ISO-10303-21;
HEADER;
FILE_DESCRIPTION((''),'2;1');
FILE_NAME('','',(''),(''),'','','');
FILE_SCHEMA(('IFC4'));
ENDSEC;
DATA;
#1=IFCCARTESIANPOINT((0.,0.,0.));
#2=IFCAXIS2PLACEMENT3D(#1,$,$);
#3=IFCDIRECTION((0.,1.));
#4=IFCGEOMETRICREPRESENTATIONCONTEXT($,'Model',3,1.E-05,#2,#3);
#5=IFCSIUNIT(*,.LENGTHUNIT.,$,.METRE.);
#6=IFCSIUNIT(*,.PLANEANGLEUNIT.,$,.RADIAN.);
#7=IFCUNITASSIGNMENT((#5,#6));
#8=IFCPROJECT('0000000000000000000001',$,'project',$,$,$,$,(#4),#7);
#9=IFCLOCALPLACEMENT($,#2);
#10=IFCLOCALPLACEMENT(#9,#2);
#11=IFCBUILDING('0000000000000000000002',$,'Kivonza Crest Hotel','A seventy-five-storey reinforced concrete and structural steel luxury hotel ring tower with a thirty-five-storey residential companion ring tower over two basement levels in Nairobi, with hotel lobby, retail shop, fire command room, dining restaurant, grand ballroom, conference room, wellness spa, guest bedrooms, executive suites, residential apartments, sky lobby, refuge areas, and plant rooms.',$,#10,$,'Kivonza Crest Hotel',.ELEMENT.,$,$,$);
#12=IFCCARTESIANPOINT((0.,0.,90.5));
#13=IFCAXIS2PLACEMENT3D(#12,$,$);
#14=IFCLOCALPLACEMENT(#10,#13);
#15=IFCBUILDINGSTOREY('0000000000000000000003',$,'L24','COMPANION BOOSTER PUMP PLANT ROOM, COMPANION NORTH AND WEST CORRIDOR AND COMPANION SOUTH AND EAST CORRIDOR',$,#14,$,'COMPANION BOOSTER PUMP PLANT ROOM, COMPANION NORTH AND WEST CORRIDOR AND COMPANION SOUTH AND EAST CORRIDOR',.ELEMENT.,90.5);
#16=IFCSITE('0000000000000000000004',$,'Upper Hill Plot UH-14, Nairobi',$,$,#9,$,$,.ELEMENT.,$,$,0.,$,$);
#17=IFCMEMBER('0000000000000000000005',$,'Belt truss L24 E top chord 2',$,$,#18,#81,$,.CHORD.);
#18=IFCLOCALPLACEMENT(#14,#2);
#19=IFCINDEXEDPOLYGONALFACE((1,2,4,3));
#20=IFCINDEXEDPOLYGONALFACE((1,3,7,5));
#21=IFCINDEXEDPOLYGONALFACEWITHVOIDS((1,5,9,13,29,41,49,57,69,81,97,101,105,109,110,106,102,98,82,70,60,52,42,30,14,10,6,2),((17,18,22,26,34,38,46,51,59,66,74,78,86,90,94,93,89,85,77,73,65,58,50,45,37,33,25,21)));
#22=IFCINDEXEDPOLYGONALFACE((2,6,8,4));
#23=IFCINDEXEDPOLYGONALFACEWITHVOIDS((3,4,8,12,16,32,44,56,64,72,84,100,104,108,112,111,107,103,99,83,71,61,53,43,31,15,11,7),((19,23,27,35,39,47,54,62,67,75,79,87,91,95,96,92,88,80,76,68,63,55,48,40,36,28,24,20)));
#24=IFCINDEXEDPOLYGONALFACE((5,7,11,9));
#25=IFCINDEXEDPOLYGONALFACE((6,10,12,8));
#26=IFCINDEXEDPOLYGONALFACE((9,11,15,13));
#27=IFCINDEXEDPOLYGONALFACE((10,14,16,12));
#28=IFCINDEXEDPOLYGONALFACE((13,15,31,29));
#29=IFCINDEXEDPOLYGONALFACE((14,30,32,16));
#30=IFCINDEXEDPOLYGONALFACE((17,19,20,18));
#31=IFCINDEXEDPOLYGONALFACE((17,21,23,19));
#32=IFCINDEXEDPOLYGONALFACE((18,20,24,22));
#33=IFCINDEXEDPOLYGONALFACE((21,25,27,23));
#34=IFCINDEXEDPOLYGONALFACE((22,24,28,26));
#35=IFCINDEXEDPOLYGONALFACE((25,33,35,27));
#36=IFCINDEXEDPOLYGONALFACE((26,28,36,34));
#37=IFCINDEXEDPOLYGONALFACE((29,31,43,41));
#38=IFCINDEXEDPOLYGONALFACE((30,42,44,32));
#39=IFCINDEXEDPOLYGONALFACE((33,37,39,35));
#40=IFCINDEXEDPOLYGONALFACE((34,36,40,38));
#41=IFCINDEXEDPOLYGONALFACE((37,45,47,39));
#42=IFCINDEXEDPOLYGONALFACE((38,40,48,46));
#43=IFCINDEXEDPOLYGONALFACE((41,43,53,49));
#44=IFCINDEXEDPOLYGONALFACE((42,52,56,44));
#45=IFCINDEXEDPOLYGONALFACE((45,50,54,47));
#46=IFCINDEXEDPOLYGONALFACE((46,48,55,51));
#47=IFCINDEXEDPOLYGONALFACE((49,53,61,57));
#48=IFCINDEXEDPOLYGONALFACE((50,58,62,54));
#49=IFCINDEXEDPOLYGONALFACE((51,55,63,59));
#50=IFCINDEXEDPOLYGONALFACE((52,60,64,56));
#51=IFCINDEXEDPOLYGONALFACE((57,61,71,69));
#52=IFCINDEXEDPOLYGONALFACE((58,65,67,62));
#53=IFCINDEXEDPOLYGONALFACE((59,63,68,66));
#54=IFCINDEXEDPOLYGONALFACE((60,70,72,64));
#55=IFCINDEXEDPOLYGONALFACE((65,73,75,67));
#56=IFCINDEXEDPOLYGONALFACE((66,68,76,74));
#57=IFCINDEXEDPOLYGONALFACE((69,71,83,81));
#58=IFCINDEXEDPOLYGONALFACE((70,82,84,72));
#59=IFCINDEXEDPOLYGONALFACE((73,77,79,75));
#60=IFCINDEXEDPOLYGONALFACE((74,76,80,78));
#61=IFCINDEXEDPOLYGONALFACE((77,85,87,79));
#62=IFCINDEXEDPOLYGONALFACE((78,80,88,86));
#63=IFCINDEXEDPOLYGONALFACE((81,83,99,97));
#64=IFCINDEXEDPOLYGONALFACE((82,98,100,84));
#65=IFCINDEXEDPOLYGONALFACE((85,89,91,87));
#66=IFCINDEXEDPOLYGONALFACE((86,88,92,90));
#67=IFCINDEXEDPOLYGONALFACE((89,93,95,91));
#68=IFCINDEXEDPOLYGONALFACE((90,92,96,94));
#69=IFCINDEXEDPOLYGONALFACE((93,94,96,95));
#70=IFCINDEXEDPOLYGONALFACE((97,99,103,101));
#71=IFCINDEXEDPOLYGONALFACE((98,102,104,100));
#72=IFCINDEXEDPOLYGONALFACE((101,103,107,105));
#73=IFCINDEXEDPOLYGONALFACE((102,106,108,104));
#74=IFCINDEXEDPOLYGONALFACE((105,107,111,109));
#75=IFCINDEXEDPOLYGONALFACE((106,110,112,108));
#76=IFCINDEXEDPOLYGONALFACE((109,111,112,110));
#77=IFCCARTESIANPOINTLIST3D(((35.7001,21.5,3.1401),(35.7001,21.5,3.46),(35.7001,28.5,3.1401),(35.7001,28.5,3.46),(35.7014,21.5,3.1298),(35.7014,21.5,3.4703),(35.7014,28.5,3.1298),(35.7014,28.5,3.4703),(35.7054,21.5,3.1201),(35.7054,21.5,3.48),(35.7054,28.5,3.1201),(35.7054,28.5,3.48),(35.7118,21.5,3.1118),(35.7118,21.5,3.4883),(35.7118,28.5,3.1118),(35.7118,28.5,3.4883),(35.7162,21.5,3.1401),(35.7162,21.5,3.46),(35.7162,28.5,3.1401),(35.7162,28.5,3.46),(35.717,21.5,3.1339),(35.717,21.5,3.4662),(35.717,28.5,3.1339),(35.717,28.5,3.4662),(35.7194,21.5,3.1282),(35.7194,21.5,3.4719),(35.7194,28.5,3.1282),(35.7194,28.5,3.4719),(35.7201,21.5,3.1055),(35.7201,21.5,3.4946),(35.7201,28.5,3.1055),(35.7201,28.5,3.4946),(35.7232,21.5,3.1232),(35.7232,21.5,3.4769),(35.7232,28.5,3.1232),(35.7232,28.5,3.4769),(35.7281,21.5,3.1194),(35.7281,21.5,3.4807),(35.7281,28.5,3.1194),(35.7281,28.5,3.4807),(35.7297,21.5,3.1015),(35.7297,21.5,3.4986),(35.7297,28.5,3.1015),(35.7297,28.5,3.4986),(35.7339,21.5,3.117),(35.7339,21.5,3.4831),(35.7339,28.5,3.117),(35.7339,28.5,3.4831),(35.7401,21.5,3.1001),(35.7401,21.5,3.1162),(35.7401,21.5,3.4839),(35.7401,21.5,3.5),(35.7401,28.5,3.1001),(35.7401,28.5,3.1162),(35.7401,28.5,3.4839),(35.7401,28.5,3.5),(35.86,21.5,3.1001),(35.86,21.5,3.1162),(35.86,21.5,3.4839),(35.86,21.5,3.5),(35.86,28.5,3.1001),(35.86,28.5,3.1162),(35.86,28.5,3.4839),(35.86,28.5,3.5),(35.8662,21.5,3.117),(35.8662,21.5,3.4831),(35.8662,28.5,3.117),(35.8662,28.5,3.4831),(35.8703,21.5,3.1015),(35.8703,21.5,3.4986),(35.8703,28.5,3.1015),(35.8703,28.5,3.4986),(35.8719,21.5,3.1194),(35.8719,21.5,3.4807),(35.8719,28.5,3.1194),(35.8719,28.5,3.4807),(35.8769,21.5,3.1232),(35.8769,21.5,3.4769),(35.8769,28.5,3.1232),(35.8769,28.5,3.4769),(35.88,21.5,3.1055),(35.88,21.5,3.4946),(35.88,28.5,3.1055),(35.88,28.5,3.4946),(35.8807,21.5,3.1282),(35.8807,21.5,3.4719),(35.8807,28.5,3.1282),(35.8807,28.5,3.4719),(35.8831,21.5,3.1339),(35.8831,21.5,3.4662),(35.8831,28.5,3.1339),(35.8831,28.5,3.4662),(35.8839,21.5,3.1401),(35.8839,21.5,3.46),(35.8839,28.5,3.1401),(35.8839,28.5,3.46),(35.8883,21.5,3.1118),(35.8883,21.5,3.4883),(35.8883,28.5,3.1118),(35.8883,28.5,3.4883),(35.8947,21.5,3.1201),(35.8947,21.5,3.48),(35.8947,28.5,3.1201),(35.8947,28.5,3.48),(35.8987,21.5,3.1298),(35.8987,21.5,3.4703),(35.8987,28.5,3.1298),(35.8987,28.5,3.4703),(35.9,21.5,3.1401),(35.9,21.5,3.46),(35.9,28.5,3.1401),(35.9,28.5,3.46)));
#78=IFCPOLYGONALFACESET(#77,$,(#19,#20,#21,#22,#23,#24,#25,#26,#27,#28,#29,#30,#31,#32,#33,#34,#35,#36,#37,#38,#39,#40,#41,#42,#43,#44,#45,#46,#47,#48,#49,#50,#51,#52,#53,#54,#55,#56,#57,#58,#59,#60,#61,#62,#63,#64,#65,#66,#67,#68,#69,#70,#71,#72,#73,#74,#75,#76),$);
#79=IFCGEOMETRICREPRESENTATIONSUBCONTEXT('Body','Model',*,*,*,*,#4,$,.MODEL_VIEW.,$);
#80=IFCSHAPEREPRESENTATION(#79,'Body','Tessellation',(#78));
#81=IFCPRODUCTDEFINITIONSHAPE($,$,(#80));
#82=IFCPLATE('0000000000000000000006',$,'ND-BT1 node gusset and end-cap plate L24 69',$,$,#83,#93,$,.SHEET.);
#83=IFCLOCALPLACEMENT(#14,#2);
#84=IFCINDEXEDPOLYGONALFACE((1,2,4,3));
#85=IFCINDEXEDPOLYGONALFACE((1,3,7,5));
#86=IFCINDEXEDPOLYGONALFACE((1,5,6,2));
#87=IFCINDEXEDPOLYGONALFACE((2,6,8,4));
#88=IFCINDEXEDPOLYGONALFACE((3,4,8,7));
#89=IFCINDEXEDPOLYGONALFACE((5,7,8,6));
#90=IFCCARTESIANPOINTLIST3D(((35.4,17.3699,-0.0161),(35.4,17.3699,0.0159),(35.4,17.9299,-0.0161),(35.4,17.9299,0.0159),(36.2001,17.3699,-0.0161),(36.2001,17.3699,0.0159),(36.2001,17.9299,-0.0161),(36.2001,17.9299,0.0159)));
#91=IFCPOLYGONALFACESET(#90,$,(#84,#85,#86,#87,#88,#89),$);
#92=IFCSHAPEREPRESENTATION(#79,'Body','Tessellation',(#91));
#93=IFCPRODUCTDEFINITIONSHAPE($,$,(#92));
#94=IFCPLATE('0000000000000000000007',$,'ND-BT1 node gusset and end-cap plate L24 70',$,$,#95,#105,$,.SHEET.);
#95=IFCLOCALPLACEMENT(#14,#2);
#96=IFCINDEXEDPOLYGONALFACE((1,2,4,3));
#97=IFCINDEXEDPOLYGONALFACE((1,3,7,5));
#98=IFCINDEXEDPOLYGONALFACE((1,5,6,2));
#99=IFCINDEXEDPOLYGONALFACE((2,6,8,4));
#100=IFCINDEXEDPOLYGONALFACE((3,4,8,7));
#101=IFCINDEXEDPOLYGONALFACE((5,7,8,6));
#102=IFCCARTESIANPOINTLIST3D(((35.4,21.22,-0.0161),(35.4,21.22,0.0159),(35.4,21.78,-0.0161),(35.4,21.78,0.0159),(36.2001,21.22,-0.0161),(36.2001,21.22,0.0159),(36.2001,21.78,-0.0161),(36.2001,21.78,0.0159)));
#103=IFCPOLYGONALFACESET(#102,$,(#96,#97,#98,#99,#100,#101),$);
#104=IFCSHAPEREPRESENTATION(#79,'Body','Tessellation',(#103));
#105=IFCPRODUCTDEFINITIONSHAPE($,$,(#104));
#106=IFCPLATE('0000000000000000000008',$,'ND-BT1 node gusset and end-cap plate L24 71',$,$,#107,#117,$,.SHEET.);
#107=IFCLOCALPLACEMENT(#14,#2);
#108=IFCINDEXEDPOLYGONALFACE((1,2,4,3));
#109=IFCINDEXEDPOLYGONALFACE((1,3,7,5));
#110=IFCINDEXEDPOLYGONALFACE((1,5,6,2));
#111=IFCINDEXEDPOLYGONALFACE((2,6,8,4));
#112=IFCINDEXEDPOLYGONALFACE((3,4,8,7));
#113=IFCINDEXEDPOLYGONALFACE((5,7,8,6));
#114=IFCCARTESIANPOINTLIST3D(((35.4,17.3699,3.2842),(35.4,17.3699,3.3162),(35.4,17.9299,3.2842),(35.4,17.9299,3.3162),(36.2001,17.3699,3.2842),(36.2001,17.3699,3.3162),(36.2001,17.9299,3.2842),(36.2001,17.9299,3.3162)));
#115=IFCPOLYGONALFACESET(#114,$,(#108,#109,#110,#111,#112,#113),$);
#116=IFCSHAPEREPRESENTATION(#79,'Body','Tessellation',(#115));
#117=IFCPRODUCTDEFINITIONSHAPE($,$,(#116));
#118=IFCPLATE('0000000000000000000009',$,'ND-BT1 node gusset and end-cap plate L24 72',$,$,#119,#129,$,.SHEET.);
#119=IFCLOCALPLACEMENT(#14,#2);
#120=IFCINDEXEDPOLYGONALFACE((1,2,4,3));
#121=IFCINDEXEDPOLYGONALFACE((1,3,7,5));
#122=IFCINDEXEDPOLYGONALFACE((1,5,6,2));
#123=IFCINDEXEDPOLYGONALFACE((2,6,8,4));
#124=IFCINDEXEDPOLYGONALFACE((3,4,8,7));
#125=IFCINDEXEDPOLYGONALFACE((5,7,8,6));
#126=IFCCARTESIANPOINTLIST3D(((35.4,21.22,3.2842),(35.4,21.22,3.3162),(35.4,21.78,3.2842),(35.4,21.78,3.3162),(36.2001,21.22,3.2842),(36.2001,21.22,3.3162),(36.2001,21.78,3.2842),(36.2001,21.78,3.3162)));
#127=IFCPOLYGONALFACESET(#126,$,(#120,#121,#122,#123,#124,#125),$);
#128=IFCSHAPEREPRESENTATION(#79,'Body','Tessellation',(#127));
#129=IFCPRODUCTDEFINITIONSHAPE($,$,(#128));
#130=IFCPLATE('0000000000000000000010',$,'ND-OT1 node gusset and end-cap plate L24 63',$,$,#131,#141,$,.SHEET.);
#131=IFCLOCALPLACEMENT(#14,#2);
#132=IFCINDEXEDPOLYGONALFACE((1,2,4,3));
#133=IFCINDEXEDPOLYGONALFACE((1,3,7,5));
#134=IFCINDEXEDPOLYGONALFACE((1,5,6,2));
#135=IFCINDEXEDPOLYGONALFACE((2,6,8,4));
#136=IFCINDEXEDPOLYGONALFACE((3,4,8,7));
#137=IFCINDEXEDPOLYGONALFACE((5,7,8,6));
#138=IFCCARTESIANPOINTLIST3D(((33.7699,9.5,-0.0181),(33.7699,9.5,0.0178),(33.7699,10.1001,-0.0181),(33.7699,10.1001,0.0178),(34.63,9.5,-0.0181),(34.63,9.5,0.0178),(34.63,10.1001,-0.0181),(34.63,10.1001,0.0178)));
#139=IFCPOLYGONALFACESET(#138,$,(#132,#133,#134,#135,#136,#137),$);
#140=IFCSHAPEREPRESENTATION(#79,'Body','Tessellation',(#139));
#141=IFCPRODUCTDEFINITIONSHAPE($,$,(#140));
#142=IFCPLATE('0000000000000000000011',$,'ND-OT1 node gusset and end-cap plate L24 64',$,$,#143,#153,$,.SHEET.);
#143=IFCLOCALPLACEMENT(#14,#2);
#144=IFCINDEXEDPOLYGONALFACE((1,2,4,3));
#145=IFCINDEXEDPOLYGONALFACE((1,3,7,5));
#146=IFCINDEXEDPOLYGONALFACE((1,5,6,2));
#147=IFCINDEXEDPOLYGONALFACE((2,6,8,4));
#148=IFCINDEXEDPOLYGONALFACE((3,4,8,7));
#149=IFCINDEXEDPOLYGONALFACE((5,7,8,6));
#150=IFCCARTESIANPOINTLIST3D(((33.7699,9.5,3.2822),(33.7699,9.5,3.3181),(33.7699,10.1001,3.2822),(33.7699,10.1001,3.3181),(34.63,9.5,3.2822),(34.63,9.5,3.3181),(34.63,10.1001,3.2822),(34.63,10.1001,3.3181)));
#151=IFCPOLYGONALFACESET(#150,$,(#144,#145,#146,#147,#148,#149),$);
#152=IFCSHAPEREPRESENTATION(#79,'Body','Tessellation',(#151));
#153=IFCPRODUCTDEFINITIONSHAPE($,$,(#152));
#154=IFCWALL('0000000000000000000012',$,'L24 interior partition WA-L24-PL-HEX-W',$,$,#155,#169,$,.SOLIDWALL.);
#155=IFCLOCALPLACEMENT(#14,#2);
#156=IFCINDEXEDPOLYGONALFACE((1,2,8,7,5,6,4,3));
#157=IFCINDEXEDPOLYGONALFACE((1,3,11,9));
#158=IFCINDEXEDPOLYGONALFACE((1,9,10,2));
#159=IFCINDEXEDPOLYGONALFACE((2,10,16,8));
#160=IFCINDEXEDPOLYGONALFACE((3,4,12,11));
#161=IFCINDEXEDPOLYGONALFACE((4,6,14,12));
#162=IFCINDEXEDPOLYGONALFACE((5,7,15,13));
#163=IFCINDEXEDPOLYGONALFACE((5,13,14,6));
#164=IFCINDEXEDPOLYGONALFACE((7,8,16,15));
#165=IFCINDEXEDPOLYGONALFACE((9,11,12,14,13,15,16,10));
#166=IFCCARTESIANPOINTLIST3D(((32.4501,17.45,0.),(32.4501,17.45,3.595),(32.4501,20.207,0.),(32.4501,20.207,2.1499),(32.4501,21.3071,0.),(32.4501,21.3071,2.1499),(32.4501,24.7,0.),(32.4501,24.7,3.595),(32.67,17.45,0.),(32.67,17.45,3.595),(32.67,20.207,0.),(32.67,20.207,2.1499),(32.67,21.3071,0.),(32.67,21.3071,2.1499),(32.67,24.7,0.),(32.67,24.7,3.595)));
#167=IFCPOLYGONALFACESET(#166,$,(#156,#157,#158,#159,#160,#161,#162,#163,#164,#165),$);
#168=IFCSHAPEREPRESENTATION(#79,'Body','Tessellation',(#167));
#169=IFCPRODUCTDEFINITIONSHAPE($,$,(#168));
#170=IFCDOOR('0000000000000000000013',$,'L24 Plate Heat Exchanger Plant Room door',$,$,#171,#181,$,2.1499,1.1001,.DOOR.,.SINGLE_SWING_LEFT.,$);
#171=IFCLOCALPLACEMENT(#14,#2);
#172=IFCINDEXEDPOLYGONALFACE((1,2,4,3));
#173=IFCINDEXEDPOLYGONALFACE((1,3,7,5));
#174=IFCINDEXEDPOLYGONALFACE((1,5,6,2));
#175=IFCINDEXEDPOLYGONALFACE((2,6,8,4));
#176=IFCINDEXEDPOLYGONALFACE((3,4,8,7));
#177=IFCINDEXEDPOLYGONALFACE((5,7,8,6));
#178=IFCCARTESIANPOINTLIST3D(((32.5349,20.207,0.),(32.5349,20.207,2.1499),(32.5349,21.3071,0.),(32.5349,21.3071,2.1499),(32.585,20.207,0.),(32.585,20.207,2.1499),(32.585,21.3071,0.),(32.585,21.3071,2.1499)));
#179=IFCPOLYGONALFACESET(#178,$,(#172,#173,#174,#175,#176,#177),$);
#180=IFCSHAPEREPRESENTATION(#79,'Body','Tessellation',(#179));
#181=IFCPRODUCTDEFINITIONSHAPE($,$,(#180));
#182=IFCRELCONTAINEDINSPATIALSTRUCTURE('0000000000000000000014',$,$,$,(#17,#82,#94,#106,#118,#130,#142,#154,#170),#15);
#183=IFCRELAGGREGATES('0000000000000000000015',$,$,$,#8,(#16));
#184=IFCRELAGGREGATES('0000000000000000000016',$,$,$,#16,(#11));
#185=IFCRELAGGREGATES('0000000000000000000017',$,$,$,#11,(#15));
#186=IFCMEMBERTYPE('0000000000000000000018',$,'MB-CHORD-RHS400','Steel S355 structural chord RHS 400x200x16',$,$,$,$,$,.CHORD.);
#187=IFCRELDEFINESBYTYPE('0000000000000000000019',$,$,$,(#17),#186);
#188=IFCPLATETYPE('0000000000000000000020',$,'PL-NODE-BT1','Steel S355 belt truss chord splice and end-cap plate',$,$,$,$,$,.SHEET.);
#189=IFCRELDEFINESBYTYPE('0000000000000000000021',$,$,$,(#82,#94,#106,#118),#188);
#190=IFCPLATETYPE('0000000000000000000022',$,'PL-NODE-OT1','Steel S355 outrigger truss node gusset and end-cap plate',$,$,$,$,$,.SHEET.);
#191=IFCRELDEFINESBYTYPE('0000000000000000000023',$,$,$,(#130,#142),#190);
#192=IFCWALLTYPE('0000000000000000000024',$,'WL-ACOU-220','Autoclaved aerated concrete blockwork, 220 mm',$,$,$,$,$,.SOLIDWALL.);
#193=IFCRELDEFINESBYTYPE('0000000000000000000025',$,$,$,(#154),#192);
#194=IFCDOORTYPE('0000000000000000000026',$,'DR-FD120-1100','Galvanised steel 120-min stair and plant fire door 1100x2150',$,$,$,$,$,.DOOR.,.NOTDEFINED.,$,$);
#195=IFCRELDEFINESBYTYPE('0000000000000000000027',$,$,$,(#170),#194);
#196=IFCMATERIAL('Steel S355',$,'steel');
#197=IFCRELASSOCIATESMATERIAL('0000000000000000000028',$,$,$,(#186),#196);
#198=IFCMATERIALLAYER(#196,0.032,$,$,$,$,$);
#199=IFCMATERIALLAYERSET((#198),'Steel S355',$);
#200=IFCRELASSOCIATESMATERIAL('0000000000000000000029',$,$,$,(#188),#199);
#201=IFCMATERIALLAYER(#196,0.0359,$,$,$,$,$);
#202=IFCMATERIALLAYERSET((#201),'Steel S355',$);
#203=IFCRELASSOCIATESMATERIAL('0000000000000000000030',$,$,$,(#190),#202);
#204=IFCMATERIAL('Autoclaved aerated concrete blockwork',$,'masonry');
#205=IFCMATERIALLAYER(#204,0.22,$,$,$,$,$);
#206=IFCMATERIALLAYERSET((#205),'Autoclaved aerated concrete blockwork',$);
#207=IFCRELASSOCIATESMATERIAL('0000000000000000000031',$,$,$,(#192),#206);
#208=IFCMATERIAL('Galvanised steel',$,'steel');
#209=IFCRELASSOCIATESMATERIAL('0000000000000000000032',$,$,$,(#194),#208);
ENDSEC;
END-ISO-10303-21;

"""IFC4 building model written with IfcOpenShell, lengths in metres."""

from ifc_helpers import new_model, si_unit, direction, frame, frame_2d, origin, origin_2d, place, context, subcontext, project, spatial, rectangle, hollow_rectangle, extrude, material, layer, layer_set, material_profile, profile_set, type_object, element, fill, save


model = new_model("IFC4")

# Units and contexts
model_context = context("Model", 3, precision=1e-05, world=origin(), true_north=direction((0.0, 1.0)))
body_context = subcontext(model_context, "Body", "Model", "MODEL_VIEW")
ifc_project = project(units=[si_unit("LENGTHUNIT", "METRE"), si_unit("PLANEANGLEUNIT", "RADIAN")], contexts=[model_context])

# Site, building, storey
site_placement = place(None, origin())
site = spatial("IfcSite", under=ifc_project, at=site_placement, Name="Upper Hill Plot UH-14, Nairobi", CompositionType="ELEMENT", RefElevation=0.0)
building_placement = place(site_placement, origin())
building = spatial("IfcBuilding", under=site, at=building_placement, Name="Kivonza Crest Hotel", Description="A seventy-five-storey reinforced concrete and structural steel luxury hotel ring tower with a thirty-five-storey residential companion ring tower over two basement levels in Nairobi, with hotel lobby, retail shop, fire command room, dining restaurant, grand ballroom, conference room, wellness spa, guest bedrooms, executive suites, residential apartments, sky lobby, refuge areas, and plant rooms.", LongName="Kivonza Crest Hotel", CompositionType="ELEMENT")
storey_placement = place(building_placement, frame((0.0, 0.0, 90.5)))
storey = spatial("IfcBuildingStorey", under=building, at=storey_placement, Name="L24", Description="COMPANION BOOSTER PUMP PLANT ROOM, COMPANION NORTH AND WEST CORRIDOR AND COMPANION SOUTH AND EAST CORRIDOR", LongName="COMPANION BOOSTER PUMP PLANT ROOM, COMPANION NORTH AND WEST CORRIDOR AND COMPANION SOUTH AND EAST CORRIDOR", CompositionType="ELEMENT", Elevation=90.5)

# Shared definitions
ifc_material_1 = material(Name="Steel S355", Category="steel")

# Member
ifc_material_profile_1 = material_profile(ifc_material_1, hollow_rectangle(XDim=0.2, YDim=0.3999, WallThickness=0.0161, InnerFilletRadius=0.0239, OuterFilletRadius=0.04, at=origin_2d()), Name="RHS 400x200x16")
ifc_profile_set_1 = profile_set([ifc_material_profile_1], Name="Steel S355")
member_type_1 = type_object("IfcMemberType", Name="MB-CHORD-RHS400", Description="Steel S355 structural chord RHS 400x200x16", PredefinedType="CHORD", material=ifc_profile_set_1)
for number, where, z_axis, x_axis, name in (
    (1, (35.8, 21.5, 3.3), (0.0, 1.0, 0.0), (-1.0, 0.0, 0.0), "Belt truss L24 E top chord 2"),
):
    element("IfcMember", number, at=place(storey_placement, frame(where, z_axis=z_axis, x_axis=x_axis)), inside=storey, type_object=member_type_1, Name=name, PredefinedType="CHORD", context=body_context, shape_type="SweptSolid", body=[
        extrude(hollow_rectangle(XDim=0.2, YDim=0.3999, WallThickness=0.0161, InnerFilletRadius=0.0239, OuterFilletRadius=0.04, at=origin_2d()), origin(), (0.0, 0.0, 1.0), 7.0),
    ])

# Plates
ifc_layer_1 = layer(ifc_material_1, 0.032)
ifc_layer_set_1 = layer_set([ifc_layer_1], Name="Steel S355")
plate_type_1 = type_object("IfcPlateType", Name="PL-NODE-BT1", Description="Steel S355 belt truss chord splice and end-cap plate", PredefinedType="SHEET", material=ifc_layer_set_1)
for number, where, z_axis, x_axis, name in (
    (2, (35.8, 17.6499, -0.0161), (0.0, 0.0, 1.0), (1.0, 0.0, 0.0), "ND-BT1 node gusset and end-cap plate L24 69"),
    (3, (35.8, 21.5, -0.0161), (0.0, 0.0, 1.0), (1.0, 0.0, 0.0), "ND-BT1 node gusset and end-cap plate L24 70"),
    (4, (35.8, 17.6499, 3.2842), (0.0, 0.0, 1.0), (1.0, 0.0, 0.0), "ND-BT1 node gusset and end-cap plate L24 71"),
    (5, (35.8, 21.5, 3.2842), (0.0, 0.0, 1.0), (1.0, 0.0, 0.0), "ND-BT1 node gusset and end-cap plate L24 72"),
):
    element("IfcPlate", number, at=place(storey_placement, frame(where, z_axis=z_axis, x_axis=x_axis)), inside=storey, type_object=plate_type_1, Name=name, PredefinedType="SHEET", context=body_context, shape_type="SweptSolid", body=[
        extrude(rectangle(XDim=0.8, YDim=0.5601, at=origin_2d()), origin(), (0.0, 0.0, 1.0), 0.032),
    ])
ifc_layer_2 = layer(ifc_material_1, 0.0359)
ifc_layer_set_2 = layer_set([ifc_layer_2], Name="Steel S355")
plate_type_2 = type_object("IfcPlateType", Name="PL-NODE-OT1", Description="Steel S355 outrigger truss node gusset and end-cap plate", PredefinedType="SHEET", material=ifc_layer_set_2)
for number, where, z_axis, x_axis, name in (
    (6, (34.2, 9.8, -0.0181), (0.0, 0.0, 1.0), (1.0, 0.0, 0.0), "ND-OT1 node gusset and end-cap plate L24 63"),
    (7, (34.2, 9.8, 3.2822), (0.0, 0.0, 1.0), (1.0, 0.0, 0.0), "ND-OT1 node gusset and end-cap plate L24 64"),
):
    element("IfcPlate", number, at=place(storey_placement, frame(where, z_axis=z_axis, x_axis=x_axis)), inside=storey, type_object=plate_type_2, Name=name, PredefinedType="SHEET", context=body_context, shape_type="SweptSolid", body=[
        extrude(rectangle(XDim=0.8601, YDim=0.6001, at=origin_2d()), origin(), (0.0, 0.0, 1.0), 0.0359),
    ])

# Wall, opening, door
ifc_material_2 = material(Name="Autoclaved aerated concrete blockwork", Category="masonry")
ifc_layer_3 = layer(ifc_material_2, 0.22)
ifc_layer_set_3 = layer_set([ifc_layer_3], Name="Autoclaved aerated concrete blockwork")
wall_type_1 = type_object("IfcWallType", Name="WL-ACOU-220", Description="Autoclaved aerated concrete blockwork, 220 mm", PredefinedType="SOLIDWALL", material=ifc_layer_set_3)
wall_1_placement = place(storey_placement, frame((32.5601, 17.45, 0.0), z_axis=(0.0, 0.0, 1.0), x_axis=(0.0, 1.0, 0.0)))
wall_1 = element("IfcWall", 8, at=wall_1_placement, inside=storey, type_object=wall_type_1, Name="L24 interior partition WA-L24-PL-HEX-W", PredefinedType="SOLIDWALL", context=body_context, shape_type="SweptSolid", body=[
    extrude(rectangle(XDim=7.25, YDim=0.22, at=frame_2d((3.625, 0.0))), origin(), (0.0, 0.0, 1.0), 3.595),
])
opening_1_placement = place(wall_1_placement, frame((2.7571, 0.0, 0.0)))
opening_1 = element("IfcOpeningElement", 9, at=opening_1_placement, cuts=wall_1, PredefinedType="OPENING", context=body_context, shape_type="SweptSolid", body=[
    extrude(rectangle(XDim=1.1001, YDim=2.1499, at=frame_2d((0.55, 1.075))), frame((0.0, 0.1201, 0.0), z_axis=(0.0, -1.0, 0.0), x_axis=(1.0, 0.0, 0.0)), (0.0, 0.0, 1.0), 0.24),
])
ifc_material_3 = material(Name="Galvanised steel", Category="steel")
door_type = type_object("IfcDoorType", Name="DR-FD120-1100", Description="Galvanised steel 120-min stair and plant fire door 1100x2150", OperationType="NOTDEFINED", PredefinedType="DOOR", material=ifc_material_3)
door_1_placement = place(opening_1_placement, frame((1.1001, 0.0, 0.0), z_axis=(0.0, 0.0, 1.0), x_axis=(-1.0, 0.0, 0.0)))
door_1 = element("IfcDoor", 10, at=door_1_placement, inside=storey, type_object=door_type, Name="L24 Plate Heat Exchanger Plant Room door", OperationType="SINGLE_SWING_LEFT", OverallHeight=2.1499, OverallWidth=1.1001, PredefinedType="DOOR", context=body_context, shape_type="SweptSolid", body=[
    extrude(rectangle(XDim=1.1001, YDim=2.1499, at=frame_2d((0.55, 1.075))), frame((0.0, 0.0249, 0.0), z_axis=(0.0, -1.0, 0.0), x_axis=(1.0, 0.0, 0.0)), (0.0, 0.0, 1.0), 0.05),
])
fill(opening_1, door_1)

save(model, "model.ifc")
